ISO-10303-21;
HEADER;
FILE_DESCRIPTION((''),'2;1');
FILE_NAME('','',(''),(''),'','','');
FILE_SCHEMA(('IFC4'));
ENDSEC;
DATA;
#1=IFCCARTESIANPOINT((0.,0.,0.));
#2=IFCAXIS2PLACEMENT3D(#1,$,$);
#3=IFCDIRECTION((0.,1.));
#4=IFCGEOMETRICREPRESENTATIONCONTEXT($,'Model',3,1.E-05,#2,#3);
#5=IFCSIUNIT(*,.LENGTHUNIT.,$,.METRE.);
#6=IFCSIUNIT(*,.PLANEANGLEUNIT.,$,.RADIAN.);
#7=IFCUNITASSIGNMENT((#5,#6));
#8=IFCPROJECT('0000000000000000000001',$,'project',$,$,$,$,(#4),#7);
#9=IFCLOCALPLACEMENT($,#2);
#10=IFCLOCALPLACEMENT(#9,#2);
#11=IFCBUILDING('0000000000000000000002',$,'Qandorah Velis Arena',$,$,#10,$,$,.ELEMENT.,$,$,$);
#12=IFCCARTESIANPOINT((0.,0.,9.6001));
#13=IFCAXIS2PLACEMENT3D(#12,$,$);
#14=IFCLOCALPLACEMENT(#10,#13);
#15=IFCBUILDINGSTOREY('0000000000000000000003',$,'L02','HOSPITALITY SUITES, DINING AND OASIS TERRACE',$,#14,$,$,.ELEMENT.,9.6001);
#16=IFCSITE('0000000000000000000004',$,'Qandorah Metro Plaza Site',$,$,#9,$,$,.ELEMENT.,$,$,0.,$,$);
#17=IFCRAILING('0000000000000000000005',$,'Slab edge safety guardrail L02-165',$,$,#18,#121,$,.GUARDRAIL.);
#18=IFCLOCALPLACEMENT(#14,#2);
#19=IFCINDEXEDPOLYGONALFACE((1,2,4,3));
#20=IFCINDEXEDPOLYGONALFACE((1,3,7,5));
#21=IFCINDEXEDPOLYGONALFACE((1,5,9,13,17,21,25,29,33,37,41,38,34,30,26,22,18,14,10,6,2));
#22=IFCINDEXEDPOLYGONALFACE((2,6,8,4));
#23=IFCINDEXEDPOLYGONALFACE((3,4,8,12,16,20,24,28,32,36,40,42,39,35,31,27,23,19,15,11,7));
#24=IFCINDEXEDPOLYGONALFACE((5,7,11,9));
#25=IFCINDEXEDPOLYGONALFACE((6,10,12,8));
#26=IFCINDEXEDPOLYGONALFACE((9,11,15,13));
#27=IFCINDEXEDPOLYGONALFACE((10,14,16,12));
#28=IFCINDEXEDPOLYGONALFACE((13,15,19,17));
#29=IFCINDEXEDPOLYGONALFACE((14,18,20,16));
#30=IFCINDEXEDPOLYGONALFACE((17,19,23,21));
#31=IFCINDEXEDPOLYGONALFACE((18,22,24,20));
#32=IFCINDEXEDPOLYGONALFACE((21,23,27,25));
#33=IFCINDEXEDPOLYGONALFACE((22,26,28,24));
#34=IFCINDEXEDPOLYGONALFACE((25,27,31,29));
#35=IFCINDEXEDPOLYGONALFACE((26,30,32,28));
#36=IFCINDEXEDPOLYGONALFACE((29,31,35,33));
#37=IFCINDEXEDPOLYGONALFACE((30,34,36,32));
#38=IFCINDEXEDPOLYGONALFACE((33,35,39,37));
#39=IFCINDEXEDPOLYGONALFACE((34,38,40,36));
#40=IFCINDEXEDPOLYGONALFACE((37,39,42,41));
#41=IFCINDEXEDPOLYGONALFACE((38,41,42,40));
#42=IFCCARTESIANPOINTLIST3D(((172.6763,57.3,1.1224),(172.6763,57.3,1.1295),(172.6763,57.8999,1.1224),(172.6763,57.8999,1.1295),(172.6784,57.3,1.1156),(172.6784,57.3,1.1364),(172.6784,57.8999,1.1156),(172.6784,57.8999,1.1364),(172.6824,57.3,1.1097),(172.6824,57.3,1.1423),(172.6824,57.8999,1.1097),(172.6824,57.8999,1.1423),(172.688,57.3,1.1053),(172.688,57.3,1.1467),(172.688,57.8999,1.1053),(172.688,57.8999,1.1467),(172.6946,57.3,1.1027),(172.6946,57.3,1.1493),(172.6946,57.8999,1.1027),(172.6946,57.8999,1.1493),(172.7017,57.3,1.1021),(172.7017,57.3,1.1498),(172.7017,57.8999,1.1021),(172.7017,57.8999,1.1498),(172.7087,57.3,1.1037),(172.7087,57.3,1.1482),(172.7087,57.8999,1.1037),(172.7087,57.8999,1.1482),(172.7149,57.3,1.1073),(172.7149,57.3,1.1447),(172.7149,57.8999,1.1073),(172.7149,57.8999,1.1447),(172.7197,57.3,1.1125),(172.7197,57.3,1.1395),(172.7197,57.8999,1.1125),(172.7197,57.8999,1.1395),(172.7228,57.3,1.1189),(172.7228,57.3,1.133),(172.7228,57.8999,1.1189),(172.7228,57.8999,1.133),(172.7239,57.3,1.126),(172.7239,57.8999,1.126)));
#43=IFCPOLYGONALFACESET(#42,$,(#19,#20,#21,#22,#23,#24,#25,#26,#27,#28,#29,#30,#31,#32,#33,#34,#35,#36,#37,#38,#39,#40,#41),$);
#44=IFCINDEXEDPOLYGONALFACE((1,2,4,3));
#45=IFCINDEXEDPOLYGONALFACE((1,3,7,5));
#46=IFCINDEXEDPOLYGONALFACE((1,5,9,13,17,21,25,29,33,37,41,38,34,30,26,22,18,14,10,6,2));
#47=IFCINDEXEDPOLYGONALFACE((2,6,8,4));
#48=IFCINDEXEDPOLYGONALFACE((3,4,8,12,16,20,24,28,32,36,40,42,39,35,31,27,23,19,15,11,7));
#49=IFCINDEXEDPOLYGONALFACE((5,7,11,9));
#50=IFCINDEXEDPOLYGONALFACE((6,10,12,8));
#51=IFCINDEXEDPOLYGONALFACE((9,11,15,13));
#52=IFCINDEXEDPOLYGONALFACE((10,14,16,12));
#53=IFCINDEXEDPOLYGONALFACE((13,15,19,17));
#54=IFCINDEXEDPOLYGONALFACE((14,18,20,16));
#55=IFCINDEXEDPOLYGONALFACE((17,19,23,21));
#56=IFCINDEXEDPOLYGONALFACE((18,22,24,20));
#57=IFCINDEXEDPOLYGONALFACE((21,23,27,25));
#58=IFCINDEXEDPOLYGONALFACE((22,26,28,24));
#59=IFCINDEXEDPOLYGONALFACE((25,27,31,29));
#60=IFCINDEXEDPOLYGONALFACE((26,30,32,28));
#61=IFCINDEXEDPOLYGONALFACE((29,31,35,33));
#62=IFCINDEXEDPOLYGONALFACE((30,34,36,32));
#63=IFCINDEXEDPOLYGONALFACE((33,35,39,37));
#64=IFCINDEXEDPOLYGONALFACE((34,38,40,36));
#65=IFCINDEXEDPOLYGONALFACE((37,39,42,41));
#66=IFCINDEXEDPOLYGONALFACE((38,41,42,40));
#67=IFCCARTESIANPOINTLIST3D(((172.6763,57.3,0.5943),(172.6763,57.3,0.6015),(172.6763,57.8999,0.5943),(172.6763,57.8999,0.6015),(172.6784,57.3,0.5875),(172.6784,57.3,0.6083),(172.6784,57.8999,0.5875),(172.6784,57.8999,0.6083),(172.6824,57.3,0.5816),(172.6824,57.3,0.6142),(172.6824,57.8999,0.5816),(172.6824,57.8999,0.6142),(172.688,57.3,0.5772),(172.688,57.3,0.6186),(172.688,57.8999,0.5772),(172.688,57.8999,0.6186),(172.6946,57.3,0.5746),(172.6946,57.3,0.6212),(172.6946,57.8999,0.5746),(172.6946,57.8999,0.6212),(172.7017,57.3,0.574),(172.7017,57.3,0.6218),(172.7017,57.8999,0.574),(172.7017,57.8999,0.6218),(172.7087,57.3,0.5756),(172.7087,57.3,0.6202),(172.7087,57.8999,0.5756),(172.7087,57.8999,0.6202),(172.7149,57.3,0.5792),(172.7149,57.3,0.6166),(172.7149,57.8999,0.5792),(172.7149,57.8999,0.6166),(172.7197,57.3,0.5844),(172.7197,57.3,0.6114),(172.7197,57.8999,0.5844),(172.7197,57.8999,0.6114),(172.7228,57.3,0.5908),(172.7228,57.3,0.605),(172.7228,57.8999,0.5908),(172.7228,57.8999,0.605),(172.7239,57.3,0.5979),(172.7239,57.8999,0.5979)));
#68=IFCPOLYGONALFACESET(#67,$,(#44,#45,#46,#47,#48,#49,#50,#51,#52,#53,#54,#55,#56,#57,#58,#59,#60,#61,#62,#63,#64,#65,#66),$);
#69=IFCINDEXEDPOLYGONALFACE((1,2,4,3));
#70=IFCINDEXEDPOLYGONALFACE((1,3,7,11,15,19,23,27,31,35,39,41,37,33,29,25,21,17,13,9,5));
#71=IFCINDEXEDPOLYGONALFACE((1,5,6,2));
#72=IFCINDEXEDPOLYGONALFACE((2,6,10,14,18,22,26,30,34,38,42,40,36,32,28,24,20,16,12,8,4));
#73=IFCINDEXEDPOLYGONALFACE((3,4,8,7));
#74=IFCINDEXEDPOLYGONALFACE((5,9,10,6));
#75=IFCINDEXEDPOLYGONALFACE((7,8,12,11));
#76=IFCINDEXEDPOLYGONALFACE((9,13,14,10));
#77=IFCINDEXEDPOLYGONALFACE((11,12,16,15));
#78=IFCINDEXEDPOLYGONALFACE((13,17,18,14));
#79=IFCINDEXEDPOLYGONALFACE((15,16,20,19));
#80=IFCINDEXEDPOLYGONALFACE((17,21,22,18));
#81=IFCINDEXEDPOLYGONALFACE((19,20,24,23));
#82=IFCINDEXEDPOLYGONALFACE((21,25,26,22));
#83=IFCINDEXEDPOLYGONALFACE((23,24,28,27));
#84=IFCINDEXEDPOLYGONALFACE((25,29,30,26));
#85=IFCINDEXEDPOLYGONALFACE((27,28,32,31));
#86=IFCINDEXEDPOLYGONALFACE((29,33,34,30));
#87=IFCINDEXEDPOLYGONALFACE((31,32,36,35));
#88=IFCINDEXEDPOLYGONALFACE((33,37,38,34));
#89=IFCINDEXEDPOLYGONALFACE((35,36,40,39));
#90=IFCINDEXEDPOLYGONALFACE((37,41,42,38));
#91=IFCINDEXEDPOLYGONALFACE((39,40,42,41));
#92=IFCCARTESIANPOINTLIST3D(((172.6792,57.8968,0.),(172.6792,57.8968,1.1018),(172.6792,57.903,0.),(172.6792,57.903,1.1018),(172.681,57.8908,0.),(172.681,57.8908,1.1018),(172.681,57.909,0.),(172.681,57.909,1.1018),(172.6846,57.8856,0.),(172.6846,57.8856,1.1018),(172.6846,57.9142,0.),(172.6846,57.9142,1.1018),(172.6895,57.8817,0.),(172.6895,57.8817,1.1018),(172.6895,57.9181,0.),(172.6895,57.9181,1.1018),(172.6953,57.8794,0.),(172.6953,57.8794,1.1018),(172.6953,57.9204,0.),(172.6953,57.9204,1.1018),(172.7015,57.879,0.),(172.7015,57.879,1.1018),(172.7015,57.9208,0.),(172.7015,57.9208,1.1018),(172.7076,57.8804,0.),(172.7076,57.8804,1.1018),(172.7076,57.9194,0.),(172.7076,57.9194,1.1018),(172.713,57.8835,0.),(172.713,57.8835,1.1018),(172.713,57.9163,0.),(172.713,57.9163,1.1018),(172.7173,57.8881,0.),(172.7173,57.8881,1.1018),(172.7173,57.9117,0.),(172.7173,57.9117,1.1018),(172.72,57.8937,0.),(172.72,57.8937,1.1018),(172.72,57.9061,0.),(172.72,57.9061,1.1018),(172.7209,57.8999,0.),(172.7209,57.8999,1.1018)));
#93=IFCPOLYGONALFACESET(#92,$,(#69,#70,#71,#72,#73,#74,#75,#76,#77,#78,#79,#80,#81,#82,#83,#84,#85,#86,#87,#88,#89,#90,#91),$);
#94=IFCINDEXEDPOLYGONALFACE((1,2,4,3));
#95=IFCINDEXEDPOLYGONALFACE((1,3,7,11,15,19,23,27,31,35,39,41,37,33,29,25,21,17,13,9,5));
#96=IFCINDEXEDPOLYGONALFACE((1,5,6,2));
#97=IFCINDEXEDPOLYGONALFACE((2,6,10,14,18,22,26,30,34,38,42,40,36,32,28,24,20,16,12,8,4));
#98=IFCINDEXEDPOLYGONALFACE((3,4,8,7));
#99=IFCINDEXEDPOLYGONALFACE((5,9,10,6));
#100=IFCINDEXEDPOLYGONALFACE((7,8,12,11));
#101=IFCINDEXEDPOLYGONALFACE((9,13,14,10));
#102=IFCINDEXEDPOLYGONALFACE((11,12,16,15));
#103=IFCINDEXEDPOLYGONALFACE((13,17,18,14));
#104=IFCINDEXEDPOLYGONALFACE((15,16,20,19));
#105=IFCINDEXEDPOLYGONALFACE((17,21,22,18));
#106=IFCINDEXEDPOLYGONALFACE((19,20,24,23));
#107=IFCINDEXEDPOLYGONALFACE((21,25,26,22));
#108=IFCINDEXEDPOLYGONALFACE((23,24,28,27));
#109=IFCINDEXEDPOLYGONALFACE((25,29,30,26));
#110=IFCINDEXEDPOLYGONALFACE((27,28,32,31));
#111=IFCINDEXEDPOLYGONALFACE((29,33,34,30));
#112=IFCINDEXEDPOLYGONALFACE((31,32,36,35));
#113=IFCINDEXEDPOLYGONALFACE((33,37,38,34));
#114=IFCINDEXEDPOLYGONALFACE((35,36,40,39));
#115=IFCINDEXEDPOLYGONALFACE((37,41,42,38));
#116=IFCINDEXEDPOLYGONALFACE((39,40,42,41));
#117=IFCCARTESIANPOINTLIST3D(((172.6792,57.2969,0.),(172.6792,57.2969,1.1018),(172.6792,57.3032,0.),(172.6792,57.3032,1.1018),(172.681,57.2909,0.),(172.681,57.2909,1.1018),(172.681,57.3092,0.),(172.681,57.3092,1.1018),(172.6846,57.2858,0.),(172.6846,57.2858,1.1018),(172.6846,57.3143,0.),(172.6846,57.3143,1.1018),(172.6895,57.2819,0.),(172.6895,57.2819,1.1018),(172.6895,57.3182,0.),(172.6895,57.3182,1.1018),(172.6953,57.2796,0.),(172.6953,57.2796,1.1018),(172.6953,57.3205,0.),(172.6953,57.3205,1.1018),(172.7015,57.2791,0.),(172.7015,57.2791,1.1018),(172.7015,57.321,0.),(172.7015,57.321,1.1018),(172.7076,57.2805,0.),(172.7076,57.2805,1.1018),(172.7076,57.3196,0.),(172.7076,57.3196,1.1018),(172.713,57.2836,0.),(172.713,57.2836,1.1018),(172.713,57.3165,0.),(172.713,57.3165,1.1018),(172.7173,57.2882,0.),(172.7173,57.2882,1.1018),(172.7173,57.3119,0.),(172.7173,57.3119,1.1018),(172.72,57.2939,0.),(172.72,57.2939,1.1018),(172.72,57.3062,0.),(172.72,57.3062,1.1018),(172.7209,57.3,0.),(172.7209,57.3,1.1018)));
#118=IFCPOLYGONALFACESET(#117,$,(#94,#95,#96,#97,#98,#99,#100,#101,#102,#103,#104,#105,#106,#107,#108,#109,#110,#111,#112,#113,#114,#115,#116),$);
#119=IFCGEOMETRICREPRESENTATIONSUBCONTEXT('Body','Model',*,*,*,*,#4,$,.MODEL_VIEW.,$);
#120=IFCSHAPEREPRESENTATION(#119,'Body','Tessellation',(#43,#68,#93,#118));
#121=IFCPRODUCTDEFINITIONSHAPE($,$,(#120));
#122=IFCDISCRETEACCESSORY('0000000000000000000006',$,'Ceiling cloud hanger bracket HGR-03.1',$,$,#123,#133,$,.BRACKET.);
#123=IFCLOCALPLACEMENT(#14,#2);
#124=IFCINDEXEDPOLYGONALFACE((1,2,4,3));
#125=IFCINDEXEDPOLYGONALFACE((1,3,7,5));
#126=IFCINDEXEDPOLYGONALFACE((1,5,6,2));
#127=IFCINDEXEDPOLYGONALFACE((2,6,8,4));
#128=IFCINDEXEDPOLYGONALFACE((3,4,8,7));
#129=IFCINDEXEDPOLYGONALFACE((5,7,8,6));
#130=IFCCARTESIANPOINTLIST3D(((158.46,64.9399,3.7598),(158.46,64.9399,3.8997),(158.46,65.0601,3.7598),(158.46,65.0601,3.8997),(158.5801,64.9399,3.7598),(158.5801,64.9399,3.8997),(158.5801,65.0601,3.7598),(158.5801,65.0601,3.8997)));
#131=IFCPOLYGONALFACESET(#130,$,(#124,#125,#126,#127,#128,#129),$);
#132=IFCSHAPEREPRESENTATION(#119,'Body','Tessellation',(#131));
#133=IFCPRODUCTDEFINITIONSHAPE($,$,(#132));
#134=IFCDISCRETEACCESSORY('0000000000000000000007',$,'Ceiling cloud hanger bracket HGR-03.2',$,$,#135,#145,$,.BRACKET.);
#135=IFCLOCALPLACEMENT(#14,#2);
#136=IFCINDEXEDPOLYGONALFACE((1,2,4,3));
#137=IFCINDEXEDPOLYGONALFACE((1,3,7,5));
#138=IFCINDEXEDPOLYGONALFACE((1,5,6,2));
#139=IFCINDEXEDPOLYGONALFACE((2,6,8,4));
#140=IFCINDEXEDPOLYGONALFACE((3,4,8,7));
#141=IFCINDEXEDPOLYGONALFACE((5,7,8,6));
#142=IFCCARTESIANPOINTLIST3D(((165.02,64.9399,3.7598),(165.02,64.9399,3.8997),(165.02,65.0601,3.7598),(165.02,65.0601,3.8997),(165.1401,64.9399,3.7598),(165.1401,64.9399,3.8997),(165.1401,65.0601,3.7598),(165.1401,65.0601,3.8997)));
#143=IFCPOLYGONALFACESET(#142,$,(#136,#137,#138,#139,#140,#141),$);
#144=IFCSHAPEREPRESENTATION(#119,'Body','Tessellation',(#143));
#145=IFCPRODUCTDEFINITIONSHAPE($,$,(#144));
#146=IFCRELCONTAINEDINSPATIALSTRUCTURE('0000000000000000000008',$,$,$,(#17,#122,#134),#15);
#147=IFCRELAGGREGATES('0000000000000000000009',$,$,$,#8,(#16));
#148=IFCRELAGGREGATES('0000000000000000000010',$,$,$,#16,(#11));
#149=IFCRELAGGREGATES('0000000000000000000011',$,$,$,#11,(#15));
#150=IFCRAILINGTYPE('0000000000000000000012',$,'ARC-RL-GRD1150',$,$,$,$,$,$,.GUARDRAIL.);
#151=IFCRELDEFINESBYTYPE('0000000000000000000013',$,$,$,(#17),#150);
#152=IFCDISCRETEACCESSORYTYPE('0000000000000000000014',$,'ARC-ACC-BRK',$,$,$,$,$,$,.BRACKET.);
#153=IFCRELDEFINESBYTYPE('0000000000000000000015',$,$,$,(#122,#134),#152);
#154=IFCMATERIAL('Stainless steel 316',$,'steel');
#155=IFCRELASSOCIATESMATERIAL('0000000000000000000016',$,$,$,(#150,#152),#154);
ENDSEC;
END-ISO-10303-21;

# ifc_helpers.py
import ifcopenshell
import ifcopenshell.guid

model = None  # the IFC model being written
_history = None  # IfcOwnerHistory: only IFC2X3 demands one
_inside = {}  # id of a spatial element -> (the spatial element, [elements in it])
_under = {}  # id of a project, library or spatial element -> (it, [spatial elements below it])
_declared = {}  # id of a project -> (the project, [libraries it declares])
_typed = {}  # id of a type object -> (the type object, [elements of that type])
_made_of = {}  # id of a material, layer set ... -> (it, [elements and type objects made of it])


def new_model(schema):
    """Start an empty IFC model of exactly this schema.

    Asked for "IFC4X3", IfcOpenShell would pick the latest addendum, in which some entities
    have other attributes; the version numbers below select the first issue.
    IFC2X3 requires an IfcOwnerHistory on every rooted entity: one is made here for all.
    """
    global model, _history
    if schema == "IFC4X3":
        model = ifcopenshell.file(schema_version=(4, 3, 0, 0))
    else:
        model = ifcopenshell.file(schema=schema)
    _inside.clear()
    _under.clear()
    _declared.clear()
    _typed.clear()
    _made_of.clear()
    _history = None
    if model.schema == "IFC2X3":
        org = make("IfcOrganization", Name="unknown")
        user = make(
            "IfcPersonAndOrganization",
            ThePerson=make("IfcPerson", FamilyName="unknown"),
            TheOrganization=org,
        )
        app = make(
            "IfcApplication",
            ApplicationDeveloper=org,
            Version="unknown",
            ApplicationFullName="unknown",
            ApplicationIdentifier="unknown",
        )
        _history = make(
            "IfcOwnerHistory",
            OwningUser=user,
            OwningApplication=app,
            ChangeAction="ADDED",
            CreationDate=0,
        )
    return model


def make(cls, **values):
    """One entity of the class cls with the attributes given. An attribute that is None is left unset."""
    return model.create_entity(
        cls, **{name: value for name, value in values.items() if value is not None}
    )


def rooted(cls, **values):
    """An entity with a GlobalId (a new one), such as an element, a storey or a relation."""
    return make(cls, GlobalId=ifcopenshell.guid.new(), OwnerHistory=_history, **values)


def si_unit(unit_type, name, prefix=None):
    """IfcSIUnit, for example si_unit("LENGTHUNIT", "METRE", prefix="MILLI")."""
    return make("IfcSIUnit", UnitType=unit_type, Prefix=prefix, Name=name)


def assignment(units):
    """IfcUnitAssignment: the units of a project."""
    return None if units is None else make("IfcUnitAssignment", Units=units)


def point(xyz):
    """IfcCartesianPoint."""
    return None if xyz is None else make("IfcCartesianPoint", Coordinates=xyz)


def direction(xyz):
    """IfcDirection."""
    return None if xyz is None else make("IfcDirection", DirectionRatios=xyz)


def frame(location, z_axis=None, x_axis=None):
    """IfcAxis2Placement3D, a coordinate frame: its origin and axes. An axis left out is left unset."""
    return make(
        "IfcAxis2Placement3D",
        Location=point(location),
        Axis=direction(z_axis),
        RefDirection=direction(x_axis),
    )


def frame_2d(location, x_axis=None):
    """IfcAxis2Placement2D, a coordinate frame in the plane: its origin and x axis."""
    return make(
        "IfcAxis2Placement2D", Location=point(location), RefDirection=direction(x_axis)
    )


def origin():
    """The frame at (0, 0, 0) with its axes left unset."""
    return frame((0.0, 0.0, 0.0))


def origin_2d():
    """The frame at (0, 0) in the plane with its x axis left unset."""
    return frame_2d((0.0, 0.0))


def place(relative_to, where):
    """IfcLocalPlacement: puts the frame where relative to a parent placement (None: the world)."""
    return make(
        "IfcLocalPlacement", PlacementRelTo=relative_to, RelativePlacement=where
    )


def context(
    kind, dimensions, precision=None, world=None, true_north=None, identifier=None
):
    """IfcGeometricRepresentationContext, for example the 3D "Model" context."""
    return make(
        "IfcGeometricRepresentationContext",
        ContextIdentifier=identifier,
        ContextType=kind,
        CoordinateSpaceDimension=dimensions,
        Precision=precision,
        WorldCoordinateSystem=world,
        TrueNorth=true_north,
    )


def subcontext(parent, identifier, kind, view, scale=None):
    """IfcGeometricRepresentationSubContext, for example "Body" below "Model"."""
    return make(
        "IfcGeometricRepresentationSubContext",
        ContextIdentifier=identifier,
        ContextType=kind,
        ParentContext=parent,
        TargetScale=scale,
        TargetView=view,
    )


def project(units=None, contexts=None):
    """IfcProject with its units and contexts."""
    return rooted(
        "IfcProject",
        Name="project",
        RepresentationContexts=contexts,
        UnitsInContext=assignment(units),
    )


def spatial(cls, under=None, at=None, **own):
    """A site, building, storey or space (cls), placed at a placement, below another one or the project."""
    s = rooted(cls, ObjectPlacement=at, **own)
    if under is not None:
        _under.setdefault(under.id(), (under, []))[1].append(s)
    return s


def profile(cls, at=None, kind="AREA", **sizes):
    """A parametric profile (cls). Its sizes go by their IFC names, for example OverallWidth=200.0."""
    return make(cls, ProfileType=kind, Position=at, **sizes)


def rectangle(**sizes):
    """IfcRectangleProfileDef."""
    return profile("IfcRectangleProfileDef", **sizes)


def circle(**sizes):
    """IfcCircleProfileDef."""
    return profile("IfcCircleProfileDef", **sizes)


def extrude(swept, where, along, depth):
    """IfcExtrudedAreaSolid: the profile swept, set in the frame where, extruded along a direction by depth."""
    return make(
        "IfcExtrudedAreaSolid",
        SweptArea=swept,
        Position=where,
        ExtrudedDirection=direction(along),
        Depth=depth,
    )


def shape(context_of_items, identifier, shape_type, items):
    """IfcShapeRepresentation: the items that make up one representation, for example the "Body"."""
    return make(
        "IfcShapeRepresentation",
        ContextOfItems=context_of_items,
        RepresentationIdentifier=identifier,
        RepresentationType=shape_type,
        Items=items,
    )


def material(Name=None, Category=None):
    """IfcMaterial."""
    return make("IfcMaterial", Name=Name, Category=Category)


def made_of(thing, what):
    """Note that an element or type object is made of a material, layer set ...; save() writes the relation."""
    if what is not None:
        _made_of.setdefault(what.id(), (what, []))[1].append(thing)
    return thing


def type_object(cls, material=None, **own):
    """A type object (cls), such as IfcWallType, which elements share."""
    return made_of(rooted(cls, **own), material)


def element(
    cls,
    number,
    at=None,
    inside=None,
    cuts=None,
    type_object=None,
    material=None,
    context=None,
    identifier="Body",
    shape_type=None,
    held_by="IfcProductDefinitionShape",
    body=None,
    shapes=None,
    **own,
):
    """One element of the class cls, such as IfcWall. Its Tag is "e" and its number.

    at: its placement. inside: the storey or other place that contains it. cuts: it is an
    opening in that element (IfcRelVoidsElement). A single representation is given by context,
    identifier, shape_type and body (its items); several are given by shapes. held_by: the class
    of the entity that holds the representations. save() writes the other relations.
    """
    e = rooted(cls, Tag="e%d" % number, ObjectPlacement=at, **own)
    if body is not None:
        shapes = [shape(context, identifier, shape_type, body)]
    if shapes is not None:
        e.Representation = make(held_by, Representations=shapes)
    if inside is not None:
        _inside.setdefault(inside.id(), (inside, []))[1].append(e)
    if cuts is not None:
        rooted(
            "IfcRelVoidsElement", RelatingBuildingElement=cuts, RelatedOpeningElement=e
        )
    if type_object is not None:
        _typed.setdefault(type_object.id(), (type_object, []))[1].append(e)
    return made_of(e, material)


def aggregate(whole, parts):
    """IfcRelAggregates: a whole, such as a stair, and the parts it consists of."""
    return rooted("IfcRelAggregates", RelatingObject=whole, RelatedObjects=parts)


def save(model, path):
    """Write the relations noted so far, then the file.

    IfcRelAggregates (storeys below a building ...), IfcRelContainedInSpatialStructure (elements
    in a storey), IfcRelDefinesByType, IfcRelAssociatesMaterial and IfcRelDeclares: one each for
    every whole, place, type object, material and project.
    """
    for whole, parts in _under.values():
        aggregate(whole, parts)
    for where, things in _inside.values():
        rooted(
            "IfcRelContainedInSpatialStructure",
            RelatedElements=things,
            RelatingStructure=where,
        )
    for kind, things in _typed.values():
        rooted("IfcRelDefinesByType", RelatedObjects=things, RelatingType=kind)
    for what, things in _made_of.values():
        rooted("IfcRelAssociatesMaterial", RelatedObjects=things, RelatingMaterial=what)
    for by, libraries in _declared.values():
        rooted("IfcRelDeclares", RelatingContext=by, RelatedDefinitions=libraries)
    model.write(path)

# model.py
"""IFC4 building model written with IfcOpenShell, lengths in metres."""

from ifc_helpers import new_model, si_unit, direction, frame, origin, origin_2d, place, context, subcontext, project, spatial, rectangle, circle, extrude, material, type_object, element, save


model = new_model("IFC4")

# Units and contexts
model_context = context("Model", 3, precision=1e-05, world=origin(), true_north=direction((0.0, 1.0)))
body_context = subcontext(model_context, "Body", "Model", "MODEL_VIEW")
ifc_project = project(units=[si_unit("LENGTHUNIT", "METRE"), si_unit("PLANEANGLEUNIT", "RADIAN")], contexts=[model_context])

# Site, building, storey
site_placement = place(None, origin())
site = spatial("IfcSite", under=ifc_project, at=site_placement, Name="Qandorah Metro Plaza Site", CompositionType="ELEMENT", RefElevation=0.0)
building_placement = place(site_placement, origin())
building = spatial("IfcBuilding", under=site, at=building_placement, Name="Qandorah Velis Arena", CompositionType="ELEMENT")
storey_placement = place(building_placement, frame((0.0, 0.0, 9.6001)))
storey = spatial("IfcBuildingStorey", under=building, at=storey_placement, Name="L02", Description="HOSPITALITY SUITES, DINING AND OASIS TERRACE", CompositionType="ELEMENT", Elevation=9.6001)

# Railing
ifc_material_1 = material(Name="Stainless steel 316", Category="steel")
railing_type = type_object("IfcRailingType", Name="ARC-RL-GRD1150", PredefinedType="GUARDRAIL", material=ifc_material_1)
railing_1_placement = place(storey_placement, frame((172.7, 57.8999, 0.0)))
element("IfcRailing", 1, at=railing_1_placement, inside=storey, type_object=railing_type, Name="Slab edge safety guardrail L02-165", PredefinedType="GUARDRAIL", context=body_context, shape_type="SweptSolid", body=[
    extrude(circle(Radius=0.0239, at=origin_2d()), frame((0.0, 0.0, 1.126), z_axis=(0.0, -1.0, 0.0), x_axis=(1.0, 0.0, 0.0)), (0.0, 0.0, 1.0), 0.5999),
    extrude(circle(Radius=0.0239, at=origin_2d()), frame((0.0, 0.0, 0.5979), z_axis=(0.0, -1.0, 0.0), x_axis=(1.0, 0.0, 0.0)), (0.0, 0.0, 1.0), 0.5999),
    extrude(circle(Radius=0.021, at=origin_2d()), origin(), (0.0, 0.0, 1.0), 1.1018),
    extrude(circle(Radius=0.021, at=origin_2d()), frame((0.0, -0.5999, 0.0)), (0.0, 0.0, 1.0), 1.1018),
])

# Discrete accessories
discrete_accessory_type = type_object("IfcDiscreteAccessoryType", Name="ARC-ACC-BRK", PredefinedType="BRACKET", material=ifc_material_1)
for number, where, z_axis, x_axis, name in (
    (2, (158.52, 65.0, 3.7598), (0.0, 0.0, 1.0), (1.0, 0.0, 0.0), "Ceiling cloud hanger bracket HGR-03.1"),
    (3, (165.0801, 65.0, 3.7598), (0.0, 0.0, 1.0), (1.0, 0.0, 0.0), "Ceiling cloud hanger bracket HGR-03.2"),
):
    element("IfcDiscreteAccessory", number, at=place(storey_placement, frame(where, z_axis=z_axis, x_axis=x_axis)), inside=storey, type_object=discrete_accessory_type, Name=name, PredefinedType="BRACKET", context=body_context, shape_type="SweptSolid", body=[
        extrude(rectangle(XDim=0.1201, YDim=0.1201, at=origin_2d()), origin(), (0.0, 0.0, 1.0), 0.1399),
    ])

save(model, "model.ifc")
